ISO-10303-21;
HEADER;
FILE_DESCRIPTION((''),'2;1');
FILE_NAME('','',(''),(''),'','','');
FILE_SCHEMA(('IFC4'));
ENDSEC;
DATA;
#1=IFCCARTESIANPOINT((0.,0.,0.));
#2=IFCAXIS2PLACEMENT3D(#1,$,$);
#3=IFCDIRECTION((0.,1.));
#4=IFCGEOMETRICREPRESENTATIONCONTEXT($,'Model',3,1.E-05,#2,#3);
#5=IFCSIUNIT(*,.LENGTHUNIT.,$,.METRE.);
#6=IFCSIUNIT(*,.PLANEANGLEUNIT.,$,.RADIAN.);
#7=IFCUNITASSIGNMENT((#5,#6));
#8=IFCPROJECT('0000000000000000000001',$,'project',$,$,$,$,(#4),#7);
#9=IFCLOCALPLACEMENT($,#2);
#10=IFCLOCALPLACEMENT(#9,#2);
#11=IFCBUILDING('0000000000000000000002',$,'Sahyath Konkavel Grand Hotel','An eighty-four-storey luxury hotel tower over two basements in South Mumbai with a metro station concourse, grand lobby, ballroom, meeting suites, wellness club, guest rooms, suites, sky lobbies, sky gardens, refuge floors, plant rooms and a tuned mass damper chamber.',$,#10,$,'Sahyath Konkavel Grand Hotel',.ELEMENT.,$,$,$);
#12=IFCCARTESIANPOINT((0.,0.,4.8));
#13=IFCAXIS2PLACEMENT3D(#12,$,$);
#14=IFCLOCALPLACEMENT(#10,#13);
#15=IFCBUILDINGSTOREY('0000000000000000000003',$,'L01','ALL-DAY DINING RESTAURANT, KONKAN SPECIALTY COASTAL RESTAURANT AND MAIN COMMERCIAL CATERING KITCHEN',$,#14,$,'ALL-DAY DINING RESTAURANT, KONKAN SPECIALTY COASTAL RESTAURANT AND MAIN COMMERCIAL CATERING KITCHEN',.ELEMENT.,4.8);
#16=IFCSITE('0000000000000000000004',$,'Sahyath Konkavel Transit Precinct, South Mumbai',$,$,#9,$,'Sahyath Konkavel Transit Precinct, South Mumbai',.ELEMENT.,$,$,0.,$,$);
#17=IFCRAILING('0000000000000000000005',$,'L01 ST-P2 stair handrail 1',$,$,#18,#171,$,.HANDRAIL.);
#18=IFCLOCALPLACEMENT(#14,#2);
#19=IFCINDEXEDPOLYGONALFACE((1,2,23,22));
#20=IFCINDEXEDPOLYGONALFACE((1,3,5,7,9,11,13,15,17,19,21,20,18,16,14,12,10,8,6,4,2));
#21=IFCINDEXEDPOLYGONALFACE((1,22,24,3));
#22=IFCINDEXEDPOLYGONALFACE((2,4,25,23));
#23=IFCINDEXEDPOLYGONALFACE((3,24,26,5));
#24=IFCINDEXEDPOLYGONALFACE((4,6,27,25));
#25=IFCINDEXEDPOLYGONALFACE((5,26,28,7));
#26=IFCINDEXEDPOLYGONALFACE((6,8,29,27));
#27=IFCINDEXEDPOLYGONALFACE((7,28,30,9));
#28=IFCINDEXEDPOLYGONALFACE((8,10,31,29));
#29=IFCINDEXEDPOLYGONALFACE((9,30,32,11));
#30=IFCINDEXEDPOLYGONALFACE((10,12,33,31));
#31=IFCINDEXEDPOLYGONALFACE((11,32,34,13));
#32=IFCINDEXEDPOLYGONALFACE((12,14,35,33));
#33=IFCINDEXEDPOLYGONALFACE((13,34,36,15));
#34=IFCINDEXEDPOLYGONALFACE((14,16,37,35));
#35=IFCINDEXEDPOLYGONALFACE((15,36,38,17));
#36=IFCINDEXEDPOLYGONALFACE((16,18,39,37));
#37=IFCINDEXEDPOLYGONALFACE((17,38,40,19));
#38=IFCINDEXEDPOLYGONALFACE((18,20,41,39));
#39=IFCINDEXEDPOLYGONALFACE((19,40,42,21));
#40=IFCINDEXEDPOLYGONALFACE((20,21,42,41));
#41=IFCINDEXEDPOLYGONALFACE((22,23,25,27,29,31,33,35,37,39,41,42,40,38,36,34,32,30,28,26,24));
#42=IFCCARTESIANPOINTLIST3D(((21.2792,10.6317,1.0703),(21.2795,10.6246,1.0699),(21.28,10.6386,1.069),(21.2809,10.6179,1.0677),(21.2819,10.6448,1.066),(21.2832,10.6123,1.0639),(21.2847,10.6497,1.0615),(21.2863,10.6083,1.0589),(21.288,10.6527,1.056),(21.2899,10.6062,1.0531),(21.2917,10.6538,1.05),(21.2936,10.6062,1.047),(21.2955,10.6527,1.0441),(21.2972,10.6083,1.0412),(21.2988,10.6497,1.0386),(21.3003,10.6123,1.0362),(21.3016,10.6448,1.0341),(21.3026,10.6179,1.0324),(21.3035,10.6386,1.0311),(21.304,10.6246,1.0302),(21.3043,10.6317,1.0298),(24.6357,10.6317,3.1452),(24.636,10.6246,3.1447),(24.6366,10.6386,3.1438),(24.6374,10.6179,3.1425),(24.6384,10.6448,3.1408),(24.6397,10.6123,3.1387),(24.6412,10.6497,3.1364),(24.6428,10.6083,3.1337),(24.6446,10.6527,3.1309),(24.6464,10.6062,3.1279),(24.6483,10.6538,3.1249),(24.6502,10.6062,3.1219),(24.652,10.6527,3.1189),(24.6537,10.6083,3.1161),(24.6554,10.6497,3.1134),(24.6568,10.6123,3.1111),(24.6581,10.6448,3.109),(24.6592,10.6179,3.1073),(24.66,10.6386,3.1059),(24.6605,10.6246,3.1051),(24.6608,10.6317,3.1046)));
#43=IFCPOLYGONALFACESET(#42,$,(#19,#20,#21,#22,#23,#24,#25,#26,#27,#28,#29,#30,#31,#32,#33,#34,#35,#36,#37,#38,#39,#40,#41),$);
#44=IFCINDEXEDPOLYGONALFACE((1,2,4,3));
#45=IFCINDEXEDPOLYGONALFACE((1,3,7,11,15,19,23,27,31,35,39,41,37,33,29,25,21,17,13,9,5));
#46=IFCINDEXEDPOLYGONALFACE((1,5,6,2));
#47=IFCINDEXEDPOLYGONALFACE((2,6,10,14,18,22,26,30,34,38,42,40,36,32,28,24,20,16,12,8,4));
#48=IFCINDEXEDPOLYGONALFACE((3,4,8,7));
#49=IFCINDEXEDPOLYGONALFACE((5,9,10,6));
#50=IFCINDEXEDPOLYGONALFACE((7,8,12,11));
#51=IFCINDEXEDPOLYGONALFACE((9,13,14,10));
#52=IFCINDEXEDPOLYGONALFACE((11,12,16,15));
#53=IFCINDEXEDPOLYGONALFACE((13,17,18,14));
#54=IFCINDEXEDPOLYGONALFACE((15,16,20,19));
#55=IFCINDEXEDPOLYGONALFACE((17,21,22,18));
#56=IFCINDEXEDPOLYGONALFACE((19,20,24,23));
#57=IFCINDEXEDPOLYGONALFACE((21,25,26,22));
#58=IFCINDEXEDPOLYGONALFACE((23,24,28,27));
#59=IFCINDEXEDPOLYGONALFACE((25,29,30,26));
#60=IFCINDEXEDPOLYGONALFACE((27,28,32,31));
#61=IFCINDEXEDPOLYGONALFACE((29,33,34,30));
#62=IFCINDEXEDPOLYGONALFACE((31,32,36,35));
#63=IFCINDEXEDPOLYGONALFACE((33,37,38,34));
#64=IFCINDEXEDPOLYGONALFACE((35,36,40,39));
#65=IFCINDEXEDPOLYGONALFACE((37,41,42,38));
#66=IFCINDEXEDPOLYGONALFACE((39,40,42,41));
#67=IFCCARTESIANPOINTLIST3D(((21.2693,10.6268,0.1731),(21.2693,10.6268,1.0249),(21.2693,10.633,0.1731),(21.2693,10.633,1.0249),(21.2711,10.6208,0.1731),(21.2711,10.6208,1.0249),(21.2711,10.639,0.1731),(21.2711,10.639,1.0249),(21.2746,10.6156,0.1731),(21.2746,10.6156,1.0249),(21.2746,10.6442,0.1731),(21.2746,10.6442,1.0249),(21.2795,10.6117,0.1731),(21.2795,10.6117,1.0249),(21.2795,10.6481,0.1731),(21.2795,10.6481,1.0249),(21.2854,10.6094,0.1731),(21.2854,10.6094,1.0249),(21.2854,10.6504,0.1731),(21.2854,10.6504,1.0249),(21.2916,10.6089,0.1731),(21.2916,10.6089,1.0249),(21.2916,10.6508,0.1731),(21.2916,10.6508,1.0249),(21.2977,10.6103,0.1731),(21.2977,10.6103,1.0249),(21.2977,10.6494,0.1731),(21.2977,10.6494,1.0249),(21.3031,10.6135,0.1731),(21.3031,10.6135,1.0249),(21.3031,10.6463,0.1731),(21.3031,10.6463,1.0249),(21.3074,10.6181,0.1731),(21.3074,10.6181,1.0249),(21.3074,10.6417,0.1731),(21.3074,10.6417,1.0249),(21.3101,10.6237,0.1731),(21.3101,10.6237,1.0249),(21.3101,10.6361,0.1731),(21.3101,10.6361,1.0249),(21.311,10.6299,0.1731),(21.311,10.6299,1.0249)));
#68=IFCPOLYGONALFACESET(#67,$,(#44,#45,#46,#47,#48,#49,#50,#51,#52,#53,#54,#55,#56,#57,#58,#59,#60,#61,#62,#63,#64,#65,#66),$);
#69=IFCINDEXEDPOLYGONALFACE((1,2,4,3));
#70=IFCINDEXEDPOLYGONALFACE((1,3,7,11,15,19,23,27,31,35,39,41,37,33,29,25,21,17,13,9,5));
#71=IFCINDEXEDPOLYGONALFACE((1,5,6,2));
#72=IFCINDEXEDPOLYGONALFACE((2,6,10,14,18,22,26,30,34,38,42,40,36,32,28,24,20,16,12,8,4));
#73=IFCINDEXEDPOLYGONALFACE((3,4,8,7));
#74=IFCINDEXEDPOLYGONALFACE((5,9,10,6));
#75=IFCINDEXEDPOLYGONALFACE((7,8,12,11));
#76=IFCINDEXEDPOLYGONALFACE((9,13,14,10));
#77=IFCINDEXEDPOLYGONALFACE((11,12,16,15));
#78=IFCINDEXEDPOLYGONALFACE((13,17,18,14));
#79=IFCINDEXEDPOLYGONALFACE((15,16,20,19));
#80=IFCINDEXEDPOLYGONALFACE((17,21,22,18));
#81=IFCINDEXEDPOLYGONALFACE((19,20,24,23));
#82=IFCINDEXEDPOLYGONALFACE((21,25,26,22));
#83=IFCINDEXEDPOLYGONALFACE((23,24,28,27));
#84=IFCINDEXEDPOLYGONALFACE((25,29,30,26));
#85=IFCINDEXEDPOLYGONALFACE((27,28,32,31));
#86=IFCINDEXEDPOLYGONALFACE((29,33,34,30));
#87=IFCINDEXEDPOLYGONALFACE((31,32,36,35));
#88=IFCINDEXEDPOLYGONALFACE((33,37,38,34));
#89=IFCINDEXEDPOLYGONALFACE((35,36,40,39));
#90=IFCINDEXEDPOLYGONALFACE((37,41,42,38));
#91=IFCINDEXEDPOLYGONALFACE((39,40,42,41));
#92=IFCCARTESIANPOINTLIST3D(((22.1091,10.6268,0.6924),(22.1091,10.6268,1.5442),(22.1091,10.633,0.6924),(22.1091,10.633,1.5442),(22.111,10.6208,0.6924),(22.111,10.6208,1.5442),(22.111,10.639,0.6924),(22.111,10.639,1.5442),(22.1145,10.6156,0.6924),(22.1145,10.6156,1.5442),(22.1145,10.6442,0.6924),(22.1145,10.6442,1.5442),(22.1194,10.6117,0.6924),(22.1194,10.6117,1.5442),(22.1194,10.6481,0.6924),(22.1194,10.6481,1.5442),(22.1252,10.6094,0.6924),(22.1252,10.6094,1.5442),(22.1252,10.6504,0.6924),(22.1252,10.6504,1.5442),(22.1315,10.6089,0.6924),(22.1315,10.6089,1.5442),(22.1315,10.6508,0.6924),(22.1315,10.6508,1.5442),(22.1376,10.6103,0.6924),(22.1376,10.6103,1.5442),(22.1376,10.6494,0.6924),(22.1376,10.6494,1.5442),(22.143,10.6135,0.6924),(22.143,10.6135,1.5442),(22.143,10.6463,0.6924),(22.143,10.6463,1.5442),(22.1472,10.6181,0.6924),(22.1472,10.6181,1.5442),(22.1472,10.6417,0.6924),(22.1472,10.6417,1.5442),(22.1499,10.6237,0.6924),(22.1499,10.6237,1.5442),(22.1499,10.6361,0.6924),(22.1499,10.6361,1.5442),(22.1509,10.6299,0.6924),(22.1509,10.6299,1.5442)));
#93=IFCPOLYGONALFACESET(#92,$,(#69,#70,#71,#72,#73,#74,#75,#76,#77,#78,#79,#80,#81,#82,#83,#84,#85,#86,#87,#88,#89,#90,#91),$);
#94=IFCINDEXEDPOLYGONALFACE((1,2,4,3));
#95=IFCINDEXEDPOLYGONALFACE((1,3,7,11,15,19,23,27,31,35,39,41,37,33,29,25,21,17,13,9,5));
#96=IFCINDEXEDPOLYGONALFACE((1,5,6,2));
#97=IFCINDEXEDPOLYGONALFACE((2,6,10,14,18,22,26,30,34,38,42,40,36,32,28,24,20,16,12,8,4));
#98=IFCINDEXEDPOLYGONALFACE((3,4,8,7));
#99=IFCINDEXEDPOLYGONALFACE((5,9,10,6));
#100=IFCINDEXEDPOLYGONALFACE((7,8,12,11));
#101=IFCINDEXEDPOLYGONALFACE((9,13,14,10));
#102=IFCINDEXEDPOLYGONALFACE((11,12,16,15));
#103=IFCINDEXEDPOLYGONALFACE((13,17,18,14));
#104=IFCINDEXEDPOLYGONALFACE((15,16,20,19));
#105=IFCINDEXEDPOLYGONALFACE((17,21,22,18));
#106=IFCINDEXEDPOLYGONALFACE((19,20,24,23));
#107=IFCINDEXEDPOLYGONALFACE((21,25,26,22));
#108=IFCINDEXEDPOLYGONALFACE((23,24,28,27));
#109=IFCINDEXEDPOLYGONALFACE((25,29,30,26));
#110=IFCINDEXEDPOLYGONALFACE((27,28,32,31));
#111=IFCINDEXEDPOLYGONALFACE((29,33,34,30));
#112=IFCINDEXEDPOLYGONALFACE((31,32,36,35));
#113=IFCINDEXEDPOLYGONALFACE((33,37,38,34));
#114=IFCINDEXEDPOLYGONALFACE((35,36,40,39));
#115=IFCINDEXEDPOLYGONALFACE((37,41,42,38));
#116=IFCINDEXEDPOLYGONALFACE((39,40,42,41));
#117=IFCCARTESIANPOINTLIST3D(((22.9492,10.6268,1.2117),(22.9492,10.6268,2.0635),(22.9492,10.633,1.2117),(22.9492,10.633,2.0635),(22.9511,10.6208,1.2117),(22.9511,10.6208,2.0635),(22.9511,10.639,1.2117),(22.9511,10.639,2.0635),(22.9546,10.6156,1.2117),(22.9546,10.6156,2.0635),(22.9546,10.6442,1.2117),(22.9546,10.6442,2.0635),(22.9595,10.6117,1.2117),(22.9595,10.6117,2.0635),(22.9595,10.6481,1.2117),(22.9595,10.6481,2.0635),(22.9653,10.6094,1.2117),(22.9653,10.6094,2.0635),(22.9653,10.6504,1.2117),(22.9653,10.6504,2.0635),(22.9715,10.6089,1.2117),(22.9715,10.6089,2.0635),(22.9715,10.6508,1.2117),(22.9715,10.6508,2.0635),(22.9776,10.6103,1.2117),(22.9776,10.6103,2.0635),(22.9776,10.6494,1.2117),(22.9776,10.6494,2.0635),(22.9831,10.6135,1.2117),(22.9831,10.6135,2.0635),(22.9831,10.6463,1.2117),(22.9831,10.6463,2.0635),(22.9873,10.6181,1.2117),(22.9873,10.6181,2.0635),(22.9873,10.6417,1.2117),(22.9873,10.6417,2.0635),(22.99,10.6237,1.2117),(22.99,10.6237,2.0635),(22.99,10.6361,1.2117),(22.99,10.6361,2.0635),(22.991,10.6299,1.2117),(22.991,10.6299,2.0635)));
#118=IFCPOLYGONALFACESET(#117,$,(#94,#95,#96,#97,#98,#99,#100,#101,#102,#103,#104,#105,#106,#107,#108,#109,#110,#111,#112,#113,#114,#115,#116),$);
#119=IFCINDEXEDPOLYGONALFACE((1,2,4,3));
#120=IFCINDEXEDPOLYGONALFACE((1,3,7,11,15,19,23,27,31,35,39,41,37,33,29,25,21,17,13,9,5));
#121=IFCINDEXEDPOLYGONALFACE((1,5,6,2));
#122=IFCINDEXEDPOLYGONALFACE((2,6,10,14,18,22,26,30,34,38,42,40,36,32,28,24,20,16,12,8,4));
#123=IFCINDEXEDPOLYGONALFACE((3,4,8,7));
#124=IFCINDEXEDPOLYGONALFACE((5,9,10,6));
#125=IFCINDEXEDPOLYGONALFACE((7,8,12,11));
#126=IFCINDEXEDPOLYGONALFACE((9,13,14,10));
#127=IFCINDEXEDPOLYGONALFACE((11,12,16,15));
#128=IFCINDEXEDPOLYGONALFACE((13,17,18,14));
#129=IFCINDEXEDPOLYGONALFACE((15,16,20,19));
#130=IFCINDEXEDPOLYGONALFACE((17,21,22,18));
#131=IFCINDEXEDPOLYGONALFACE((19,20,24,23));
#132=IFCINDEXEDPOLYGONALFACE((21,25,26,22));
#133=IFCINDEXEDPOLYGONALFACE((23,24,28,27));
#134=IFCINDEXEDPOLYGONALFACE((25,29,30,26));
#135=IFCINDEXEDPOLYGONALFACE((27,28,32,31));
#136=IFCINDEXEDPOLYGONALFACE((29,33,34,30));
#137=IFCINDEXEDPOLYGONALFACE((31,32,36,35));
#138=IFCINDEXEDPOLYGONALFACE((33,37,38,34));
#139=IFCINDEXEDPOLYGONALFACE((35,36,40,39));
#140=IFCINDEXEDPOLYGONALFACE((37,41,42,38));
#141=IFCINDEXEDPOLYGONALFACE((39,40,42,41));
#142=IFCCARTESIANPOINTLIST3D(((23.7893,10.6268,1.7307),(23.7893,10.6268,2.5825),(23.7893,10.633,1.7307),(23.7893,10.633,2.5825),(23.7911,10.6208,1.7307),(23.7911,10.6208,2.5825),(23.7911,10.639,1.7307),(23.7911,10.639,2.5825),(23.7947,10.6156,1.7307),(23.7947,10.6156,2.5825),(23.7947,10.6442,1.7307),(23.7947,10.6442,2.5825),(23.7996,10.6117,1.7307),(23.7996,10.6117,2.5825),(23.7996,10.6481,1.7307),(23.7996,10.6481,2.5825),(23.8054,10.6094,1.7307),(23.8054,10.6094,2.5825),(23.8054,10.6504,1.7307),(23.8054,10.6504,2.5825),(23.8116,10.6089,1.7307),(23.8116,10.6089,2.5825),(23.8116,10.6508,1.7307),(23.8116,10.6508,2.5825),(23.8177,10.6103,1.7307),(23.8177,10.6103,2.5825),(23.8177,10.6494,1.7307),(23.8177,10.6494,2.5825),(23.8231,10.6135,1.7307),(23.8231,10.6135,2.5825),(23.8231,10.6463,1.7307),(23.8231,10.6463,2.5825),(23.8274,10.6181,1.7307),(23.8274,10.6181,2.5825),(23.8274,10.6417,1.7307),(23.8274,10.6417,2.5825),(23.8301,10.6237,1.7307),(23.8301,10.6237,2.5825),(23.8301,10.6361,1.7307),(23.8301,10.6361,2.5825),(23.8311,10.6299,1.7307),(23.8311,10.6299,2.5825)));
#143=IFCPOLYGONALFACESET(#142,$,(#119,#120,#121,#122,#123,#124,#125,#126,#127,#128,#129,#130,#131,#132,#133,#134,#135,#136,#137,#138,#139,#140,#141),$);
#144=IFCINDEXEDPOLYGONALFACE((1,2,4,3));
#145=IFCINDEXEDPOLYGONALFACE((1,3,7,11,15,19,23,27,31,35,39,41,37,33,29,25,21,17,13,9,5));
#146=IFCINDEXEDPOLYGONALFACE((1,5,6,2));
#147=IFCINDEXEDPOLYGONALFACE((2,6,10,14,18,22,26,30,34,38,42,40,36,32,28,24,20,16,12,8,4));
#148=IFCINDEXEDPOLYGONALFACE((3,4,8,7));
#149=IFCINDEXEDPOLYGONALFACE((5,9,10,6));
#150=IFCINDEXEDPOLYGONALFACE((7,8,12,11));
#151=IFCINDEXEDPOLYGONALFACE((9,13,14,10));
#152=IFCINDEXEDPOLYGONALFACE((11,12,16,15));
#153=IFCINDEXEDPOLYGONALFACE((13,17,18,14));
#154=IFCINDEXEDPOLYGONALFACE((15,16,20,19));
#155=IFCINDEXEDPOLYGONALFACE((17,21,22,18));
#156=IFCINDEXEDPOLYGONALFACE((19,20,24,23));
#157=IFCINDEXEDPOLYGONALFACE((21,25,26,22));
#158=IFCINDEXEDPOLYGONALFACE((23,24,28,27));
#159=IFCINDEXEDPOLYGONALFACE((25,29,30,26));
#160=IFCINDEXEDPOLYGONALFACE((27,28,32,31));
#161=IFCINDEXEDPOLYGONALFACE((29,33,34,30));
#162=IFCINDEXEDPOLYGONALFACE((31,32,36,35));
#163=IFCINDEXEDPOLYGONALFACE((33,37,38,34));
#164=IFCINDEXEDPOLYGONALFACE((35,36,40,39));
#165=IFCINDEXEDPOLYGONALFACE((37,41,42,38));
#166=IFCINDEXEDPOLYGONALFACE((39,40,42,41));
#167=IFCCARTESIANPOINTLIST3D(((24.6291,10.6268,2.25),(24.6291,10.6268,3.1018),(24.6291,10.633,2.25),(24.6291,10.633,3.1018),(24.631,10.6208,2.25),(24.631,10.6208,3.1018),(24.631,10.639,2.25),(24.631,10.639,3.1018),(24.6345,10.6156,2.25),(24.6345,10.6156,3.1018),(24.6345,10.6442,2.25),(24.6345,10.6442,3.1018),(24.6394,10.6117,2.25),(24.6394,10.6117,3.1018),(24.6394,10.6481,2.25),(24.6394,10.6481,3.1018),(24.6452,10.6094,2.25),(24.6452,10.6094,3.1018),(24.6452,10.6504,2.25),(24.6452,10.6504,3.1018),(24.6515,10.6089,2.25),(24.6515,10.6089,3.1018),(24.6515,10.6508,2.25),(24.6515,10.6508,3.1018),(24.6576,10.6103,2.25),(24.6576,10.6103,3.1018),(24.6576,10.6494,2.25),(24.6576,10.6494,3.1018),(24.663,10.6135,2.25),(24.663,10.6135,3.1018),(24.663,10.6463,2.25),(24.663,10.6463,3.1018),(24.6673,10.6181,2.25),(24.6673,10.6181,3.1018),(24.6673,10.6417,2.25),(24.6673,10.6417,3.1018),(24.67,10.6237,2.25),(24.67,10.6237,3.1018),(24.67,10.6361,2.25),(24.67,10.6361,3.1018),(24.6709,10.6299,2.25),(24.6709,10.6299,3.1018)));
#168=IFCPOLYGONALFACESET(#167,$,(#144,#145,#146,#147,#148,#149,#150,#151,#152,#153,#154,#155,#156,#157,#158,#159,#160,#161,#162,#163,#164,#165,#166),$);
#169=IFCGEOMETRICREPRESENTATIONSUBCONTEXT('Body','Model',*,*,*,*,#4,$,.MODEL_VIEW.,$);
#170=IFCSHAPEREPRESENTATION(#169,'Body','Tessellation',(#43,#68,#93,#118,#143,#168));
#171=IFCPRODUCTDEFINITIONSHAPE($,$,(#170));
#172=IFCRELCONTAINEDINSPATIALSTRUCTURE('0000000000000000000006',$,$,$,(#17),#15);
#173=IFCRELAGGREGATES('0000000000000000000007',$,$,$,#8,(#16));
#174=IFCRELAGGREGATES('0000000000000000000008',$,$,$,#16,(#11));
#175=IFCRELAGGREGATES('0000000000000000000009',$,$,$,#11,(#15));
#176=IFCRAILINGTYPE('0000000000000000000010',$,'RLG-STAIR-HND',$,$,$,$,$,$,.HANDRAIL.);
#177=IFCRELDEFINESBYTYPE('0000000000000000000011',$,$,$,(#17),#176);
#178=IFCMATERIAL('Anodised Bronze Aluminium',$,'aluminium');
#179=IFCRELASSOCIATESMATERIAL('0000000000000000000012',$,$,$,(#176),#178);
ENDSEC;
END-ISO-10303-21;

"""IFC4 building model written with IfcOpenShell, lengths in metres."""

from ifc_helpers import new_model, si_unit, direction, frame, origin, origin_2d, place, context, subcontext, project, spatial, circle, extrude, material, type_object, element, save


model = new_model("IFC4")

# Units and contexts
model_context = context("Model", 3, precision=1e-05, world=origin(), true_north=direction((0.0, 1.0)))
body_context = subcontext(model_context, "Body", "Model", "MODEL_VIEW")
ifc_project = project(units=[si_unit("LENGTHUNIT", "METRE"), si_unit("PLANEANGLEUNIT", "RADIAN")], contexts=[model_context])

# Site, building, storey
site_placement = place(None, origin())
site = spatial("IfcSite", under=ifc_project, at=site_placement, Name="Sahyath Konkavel Transit Precinct, South Mumbai", LongName="Sahyath Konkavel Transit Precinct, South Mumbai", CompositionType="ELEMENT", RefElevation=0.0)
building_placement = place(site_placement, origin())
building = spatial("IfcBuilding", under=site, at=building_placement, Name="Sahyath Konkavel Grand Hotel", Description="An eighty-four-storey luxury hotel tower over two basements in South Mumbai with a metro station concourse, grand lobby, ballroom, meeting suites, wellness club, guest rooms, suites, sky lobbies, sky gardens, refuge floors, plant rooms and a tuned mass damper chamber.", LongName="Sahyath Konkavel Grand Hotel", CompositionType="ELEMENT")
storey_placement = place(building_placement, frame((0.0, 0.0, 4.8)))
storey = spatial("IfcBuildingStorey", under=building, at=storey_placement, Name="L01", Description="ALL-DAY DINING RESTAURANT, KONKAN SPECIALTY COASTAL RESTAURANT AND MAIN COMMERCIAL CATERING KITCHEN", LongName="ALL-DAY DINING RESTAURANT, KONKAN SPECIALTY COASTAL RESTAURANT AND MAIN COMMERCIAL CATERING KITCHEN", CompositionType="ELEMENT", Elevation=4.8)

# Shared definitions
ifc_material_1 = material(Name="Anodised Bronze Aluminium", Category="aluminium")

# Railing
railing_type_1 = type_object("IfcRailingType", Name="RLG-STAIR-HND", PredefinedType="HANDRAIL", material=ifc_material_1)
railing_1_placement = place(storey_placement, frame((21.29, 10.6299, 0.1731)))
element("IfcRailing", 1, at=railing_1_placement, inside=storey, type_object=railing_type_1, Name="L01 ST-P2 stair handrail 1", PredefinedType="HANDRAIL", context=body_context, shape_type="SweptSolid", body=[
    extrude(circle(Radius=0.0239, at=origin_2d()), frame((0.0017, 0.0, 0.877), z_axis=(0.850606, 0.0, 0.525803), x_axis=(0.0, 1.0, 0.0)), (0.0, 0.0, 1.0), 3.946),
    extrude(circle(Radius=0.021, at=origin_2d()), origin(), (0.0, 0.0, 1.0), 0.8518),
    extrude(circle(Radius=0.021, at=origin_2d()), frame((0.8398, 0.0, 0.5193)), (0.0, 0.0, 1.0), 0.8518),
    extrude(circle(Radius=0.021, at=origin_2d()), frame((1.6799, 0.0, 1.0386)), (0.0, 0.0, 1.0), 0.8518),
    extrude(circle(Radius=0.021, at=origin_2d()), frame((2.52, 0.0, 1.5576)), (0.0, 0.0, 1.0), 0.8518),
    extrude(circle(Radius=0.021, at=origin_2d()), frame((3.3599, 0.0, 2.0769)), (0.0, 0.0, 1.0), 0.8518),
])

save(model, "model.ifc")
